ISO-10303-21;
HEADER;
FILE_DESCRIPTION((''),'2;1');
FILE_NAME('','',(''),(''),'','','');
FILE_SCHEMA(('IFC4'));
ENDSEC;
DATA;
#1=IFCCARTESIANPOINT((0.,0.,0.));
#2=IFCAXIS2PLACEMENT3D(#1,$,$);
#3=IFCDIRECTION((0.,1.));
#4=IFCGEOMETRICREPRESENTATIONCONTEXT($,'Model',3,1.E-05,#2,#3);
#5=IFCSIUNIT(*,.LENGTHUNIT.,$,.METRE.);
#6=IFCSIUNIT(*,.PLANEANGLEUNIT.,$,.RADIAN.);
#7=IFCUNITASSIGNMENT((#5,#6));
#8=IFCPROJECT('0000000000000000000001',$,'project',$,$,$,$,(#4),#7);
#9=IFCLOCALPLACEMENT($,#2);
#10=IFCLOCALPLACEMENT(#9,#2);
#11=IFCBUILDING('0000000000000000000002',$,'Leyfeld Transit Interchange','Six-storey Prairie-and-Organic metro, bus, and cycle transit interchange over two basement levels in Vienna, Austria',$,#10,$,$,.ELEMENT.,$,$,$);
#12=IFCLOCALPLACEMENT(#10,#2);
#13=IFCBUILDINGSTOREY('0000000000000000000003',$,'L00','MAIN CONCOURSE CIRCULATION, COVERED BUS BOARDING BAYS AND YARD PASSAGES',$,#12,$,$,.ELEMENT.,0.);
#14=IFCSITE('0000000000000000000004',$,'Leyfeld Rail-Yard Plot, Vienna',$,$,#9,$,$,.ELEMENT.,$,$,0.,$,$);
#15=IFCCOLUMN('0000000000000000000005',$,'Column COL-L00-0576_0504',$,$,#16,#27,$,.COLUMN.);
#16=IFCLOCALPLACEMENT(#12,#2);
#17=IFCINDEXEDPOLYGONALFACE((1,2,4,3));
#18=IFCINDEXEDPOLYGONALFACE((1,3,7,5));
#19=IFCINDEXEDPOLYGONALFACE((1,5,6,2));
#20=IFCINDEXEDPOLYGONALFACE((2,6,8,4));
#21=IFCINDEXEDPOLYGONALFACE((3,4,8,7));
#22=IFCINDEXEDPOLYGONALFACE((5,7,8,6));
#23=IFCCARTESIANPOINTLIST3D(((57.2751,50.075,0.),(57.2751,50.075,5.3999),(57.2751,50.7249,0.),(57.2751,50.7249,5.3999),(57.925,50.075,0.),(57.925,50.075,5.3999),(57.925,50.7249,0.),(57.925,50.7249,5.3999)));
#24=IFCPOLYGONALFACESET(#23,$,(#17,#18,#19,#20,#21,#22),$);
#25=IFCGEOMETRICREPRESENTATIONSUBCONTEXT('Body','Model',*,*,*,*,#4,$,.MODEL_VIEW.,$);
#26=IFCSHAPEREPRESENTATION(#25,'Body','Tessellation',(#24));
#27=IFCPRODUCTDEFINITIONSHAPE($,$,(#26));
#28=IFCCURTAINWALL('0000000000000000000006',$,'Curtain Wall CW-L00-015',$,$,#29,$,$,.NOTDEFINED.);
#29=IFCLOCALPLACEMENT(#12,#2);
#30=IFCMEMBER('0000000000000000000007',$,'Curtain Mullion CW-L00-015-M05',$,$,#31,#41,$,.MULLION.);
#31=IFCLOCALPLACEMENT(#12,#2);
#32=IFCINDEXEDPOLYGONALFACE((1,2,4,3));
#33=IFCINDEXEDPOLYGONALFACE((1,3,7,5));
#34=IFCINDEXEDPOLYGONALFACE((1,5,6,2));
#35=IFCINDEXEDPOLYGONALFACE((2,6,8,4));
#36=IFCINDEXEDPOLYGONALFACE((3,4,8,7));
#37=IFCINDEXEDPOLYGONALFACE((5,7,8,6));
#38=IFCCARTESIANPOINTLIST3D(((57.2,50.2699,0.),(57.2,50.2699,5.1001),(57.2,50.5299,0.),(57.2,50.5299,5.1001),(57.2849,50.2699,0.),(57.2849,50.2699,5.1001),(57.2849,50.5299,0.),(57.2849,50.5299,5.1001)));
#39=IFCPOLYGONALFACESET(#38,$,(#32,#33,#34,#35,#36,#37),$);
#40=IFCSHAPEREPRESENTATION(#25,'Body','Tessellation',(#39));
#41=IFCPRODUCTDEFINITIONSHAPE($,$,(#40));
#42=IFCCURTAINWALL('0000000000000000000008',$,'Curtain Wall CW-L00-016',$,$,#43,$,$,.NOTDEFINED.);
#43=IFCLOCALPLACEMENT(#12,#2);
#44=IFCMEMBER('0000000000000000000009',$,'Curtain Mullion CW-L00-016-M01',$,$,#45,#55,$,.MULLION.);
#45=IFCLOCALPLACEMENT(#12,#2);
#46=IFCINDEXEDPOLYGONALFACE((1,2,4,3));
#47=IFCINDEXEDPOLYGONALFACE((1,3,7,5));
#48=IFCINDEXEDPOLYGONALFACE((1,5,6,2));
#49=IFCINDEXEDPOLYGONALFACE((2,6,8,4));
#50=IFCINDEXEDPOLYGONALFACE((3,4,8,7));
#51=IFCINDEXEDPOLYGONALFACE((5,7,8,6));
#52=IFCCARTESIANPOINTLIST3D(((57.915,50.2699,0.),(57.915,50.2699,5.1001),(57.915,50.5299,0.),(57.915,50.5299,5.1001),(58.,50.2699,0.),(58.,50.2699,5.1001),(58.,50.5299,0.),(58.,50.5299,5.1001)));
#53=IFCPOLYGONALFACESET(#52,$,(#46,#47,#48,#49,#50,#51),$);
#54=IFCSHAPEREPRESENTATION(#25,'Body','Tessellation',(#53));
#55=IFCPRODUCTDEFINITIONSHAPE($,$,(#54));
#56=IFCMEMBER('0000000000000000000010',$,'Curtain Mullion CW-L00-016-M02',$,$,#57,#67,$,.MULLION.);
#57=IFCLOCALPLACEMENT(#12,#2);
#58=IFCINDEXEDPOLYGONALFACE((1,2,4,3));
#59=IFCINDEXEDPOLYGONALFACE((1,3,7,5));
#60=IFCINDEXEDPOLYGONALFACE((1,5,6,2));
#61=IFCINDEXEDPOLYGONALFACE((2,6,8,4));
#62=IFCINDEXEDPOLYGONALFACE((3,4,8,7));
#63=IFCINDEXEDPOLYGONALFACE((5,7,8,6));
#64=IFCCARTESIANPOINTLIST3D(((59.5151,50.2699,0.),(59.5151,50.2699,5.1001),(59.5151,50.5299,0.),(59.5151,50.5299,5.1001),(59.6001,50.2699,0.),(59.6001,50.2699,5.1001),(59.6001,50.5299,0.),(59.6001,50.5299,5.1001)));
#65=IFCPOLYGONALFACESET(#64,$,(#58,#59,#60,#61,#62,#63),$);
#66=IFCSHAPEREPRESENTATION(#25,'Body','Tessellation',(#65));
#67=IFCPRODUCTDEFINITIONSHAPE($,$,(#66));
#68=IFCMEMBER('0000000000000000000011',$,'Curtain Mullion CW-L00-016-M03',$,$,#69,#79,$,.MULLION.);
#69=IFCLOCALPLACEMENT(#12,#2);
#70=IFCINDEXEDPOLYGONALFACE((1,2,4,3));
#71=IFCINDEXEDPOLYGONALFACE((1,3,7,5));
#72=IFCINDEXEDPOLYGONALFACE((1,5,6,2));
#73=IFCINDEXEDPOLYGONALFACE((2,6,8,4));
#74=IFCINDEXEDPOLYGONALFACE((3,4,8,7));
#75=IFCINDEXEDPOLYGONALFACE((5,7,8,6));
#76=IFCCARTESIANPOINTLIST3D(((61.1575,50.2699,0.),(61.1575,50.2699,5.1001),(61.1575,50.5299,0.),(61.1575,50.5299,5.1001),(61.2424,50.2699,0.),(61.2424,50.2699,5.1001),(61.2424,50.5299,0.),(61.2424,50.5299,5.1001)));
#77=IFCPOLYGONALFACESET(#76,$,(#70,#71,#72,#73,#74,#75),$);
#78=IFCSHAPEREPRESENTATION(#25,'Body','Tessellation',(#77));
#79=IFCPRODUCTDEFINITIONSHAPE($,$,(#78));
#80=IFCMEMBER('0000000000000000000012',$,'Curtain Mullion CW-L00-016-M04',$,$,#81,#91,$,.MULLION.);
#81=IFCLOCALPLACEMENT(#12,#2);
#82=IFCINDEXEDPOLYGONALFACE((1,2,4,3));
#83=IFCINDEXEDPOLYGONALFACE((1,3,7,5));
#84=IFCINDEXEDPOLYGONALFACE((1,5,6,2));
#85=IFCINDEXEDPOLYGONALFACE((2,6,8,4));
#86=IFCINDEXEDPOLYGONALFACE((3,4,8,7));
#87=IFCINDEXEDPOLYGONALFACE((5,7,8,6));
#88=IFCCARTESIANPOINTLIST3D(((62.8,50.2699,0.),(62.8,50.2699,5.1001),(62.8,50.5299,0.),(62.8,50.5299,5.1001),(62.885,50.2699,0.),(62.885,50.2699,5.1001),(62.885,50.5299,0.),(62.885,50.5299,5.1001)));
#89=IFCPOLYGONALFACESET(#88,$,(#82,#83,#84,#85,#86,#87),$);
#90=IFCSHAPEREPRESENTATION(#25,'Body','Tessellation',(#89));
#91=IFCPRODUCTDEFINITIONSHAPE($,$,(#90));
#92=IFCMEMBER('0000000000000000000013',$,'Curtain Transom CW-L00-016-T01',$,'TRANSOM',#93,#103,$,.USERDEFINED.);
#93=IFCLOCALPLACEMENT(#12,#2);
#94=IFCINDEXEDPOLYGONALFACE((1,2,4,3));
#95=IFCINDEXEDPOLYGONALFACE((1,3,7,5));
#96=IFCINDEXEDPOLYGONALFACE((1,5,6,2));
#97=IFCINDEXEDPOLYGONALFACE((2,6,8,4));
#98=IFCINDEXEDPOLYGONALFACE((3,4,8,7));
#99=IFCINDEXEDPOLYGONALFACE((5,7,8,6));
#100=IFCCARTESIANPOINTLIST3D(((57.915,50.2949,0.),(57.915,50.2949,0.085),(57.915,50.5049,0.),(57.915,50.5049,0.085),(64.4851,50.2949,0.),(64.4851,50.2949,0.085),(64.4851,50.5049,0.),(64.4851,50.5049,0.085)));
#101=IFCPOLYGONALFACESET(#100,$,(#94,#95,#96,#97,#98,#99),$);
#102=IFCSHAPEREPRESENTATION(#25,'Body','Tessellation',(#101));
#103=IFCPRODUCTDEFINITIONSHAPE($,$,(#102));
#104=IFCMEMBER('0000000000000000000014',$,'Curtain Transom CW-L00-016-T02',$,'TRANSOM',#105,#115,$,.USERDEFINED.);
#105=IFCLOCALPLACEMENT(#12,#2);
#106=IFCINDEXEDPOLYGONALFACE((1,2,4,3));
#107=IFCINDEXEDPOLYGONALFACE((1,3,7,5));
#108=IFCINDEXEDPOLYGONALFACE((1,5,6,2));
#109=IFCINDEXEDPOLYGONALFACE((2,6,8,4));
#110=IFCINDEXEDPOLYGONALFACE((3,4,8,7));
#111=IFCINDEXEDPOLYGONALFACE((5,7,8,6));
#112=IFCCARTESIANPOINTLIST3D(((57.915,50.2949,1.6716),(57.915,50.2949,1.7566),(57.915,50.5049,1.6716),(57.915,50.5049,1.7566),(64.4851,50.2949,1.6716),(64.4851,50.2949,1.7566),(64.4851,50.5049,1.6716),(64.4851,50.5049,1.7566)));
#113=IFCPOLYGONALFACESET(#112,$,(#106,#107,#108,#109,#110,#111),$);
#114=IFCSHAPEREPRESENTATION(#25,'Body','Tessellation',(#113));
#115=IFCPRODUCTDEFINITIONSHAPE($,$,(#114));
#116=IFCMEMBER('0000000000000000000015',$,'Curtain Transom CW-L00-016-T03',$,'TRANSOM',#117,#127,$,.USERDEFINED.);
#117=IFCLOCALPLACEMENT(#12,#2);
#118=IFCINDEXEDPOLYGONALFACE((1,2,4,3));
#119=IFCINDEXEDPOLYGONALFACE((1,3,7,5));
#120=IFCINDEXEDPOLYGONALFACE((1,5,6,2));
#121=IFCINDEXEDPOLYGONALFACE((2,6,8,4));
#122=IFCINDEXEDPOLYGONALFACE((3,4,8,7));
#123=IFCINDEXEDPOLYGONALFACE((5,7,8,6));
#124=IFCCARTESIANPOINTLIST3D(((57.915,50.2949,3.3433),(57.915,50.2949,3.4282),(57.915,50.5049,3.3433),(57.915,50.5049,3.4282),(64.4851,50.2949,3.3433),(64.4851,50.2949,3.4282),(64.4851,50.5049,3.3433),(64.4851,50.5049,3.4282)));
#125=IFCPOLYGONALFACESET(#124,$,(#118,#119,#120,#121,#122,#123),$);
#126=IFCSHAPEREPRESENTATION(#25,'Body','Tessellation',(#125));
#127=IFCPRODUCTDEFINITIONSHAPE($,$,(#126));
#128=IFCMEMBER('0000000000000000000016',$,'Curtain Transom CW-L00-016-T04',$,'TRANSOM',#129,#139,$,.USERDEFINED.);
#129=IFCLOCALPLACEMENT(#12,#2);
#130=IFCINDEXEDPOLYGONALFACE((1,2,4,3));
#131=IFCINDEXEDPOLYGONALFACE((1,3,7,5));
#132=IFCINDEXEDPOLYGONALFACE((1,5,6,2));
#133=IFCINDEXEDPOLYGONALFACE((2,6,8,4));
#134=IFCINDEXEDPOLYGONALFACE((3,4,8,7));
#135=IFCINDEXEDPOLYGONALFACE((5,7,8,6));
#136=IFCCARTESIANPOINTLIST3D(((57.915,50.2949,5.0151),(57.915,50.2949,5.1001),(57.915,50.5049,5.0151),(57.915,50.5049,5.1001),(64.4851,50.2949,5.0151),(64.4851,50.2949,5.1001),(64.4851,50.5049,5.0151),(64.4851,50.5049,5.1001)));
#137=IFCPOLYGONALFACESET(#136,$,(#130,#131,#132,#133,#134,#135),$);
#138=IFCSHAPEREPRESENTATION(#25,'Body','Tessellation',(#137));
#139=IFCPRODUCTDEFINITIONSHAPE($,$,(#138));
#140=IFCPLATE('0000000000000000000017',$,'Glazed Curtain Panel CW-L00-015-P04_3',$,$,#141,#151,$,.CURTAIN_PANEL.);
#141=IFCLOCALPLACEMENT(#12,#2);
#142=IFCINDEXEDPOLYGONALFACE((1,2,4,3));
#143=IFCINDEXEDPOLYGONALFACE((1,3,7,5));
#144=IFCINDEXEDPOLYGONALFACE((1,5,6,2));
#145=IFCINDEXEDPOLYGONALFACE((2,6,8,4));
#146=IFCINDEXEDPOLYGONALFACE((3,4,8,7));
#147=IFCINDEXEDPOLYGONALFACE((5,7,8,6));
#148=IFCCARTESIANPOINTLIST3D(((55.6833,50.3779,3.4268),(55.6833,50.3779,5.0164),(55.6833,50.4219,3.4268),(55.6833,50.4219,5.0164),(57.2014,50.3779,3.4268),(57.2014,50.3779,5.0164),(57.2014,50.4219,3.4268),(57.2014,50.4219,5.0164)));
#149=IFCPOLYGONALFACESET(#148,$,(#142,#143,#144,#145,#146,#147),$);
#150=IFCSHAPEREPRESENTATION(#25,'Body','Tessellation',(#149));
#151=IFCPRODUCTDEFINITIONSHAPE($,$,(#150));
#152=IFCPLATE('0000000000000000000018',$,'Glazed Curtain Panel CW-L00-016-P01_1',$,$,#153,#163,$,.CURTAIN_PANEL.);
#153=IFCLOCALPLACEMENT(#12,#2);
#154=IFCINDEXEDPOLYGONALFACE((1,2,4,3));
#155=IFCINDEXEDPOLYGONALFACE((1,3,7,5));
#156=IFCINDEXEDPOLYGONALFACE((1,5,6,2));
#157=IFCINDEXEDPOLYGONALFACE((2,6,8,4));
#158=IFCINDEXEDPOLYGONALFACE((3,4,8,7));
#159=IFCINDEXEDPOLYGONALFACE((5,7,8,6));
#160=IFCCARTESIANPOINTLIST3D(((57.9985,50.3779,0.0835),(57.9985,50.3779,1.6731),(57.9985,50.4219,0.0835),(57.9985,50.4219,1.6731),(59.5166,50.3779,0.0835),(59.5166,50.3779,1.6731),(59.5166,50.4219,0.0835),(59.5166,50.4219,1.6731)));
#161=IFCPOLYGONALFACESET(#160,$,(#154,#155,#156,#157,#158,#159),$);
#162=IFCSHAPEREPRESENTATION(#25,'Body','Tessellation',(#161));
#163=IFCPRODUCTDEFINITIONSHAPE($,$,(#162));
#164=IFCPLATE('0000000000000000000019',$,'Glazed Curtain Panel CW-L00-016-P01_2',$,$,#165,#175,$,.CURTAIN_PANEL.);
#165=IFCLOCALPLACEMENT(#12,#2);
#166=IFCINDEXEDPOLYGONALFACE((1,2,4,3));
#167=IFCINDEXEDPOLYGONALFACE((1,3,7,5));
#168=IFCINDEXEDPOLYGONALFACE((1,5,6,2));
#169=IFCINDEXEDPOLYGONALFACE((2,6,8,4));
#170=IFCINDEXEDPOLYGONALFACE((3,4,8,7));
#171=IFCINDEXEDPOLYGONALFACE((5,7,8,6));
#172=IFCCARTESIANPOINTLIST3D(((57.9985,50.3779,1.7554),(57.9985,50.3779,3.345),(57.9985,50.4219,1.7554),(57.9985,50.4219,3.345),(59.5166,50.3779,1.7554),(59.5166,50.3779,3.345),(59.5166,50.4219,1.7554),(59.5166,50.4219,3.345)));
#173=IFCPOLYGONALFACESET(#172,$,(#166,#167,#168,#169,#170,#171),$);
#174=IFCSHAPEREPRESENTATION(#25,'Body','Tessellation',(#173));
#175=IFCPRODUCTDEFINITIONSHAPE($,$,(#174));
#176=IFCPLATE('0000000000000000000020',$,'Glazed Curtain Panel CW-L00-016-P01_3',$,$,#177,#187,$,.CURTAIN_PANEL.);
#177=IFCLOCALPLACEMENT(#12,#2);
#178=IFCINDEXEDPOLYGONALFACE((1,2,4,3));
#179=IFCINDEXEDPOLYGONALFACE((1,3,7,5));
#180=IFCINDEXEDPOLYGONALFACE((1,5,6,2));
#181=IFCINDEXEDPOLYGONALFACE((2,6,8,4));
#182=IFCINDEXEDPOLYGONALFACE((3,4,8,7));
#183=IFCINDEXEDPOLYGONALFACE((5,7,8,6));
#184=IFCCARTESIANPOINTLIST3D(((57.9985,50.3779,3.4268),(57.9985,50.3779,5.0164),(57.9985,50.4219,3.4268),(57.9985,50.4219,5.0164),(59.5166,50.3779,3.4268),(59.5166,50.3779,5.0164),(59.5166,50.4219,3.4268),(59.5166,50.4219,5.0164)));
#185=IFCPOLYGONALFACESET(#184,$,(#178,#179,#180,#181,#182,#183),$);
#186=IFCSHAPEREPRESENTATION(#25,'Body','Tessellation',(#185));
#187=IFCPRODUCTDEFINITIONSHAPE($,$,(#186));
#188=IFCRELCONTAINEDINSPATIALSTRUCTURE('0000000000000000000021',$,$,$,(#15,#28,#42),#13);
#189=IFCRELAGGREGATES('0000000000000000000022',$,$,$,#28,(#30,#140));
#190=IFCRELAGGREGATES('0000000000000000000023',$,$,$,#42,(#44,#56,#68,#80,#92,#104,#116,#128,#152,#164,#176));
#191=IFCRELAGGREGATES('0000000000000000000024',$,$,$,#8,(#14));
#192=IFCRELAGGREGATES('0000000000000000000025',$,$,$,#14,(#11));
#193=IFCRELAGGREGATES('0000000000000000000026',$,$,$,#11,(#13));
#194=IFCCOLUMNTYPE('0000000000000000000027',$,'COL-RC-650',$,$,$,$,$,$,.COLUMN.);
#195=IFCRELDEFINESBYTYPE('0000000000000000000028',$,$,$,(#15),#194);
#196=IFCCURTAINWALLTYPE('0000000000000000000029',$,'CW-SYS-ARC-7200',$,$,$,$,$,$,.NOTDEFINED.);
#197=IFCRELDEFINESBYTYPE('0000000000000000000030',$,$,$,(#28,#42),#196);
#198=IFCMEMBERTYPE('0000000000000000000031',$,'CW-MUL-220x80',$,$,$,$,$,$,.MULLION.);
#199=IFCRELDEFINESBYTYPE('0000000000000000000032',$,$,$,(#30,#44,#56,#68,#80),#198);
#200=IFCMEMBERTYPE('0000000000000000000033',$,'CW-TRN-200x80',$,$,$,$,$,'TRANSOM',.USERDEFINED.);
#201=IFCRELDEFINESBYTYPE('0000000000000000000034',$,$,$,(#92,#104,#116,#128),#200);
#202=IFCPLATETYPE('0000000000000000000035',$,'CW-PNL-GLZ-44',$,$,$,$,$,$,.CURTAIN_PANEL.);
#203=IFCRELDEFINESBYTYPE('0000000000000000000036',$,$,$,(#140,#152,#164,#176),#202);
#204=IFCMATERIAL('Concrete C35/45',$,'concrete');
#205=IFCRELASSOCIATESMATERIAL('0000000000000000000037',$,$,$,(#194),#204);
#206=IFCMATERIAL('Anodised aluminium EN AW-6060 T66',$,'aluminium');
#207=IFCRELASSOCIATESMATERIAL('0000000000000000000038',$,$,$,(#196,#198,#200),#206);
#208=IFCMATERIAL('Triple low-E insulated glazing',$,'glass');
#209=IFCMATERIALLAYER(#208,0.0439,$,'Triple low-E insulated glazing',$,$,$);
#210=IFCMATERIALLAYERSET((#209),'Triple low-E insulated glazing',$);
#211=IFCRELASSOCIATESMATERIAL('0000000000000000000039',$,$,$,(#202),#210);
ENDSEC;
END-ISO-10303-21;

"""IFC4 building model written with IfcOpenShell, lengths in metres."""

from ifc_helpers import new_model, si_unit, direction, frame, origin, origin_2d, place, context, subcontext, project, spatial, rectangle, extrude, material, layer, layer_set, material_profile, profile_set, type_object, element, aggregate, save


model = new_model("IFC4")

# Units and contexts
model_context = context("Model", 3, precision=1e-05, world=origin(), true_north=direction((0.0, 1.0)))
body_context = subcontext(model_context, "Body", "Model", "MODEL_VIEW")
ifc_project = project(units=[si_unit("LENGTHUNIT", "METRE"), si_unit("PLANEANGLEUNIT", "RADIAN")], contexts=[model_context])

# Site, building, storey
site_placement = place(None, origin())
site = spatial("IfcSite", under=ifc_project, at=site_placement, Name="Leyfeld Rail-Yard Plot, Vienna", CompositionType="ELEMENT", RefElevation=0.0)
building_placement = place(site_placement, origin())
building = spatial("IfcBuilding", under=site, at=building_placement, Name="Leyfeld Transit Interchange", Description="Six-storey Prairie-and-Organic metro, bus, and cycle transit interchange over two basement levels in Vienna, Austria", CompositionType="ELEMENT")
storey_placement = place(building_placement, origin())
storey = spatial("IfcBuildingStorey", under=building, at=storey_placement, Name="L00", Description="MAIN CONCOURSE CIRCULATION, COVERED BUS BOARDING BAYS AND YARD PASSAGES", CompositionType="ELEMENT", Elevation=0.0)

# Column
ifc_material_1 = material(Name="Concrete C35/45", Category="concrete")
ifc_material_profile_1 = material_profile(ifc_material_1, rectangle(XDim=0.6499, YDim=0.6499, at=origin_2d()), Name="RC 650x650")
ifc_profile_set_1 = profile_set([ifc_material_profile_1], Name="Concrete C35/45")
column_type = type_object("IfcColumnType", Name="COL-RC-650", PredefinedType="COLUMN", material=ifc_profile_set_1)
column_placement = place(storey_placement, frame((57.6001, 50.3999, 0.0), z_axis=(0.0, 0.0, 1.0), x_axis=(1.0, 0.0, 0.0)))
element("IfcColumn", 1, at=column_placement, inside=storey, type_object=column_type, Name="Column COL-L00-0576_0504", PredefinedType="COLUMN", context=body_context, shape_type="SweptSolid", body=[
    extrude(rectangle(XDim=0.6499, YDim=0.6499, at=origin_2d()), origin(), (0.0, 0.0, 1.0), 5.3999),
])

# Curtain wall, member
ifc_material_2 = material(Name="Anodised aluminium EN AW-6060 T66", Category="aluminium")
curtain_wall_type = type_object("IfcCurtainWallType", Name="CW-SYS-ARC-7200", PredefinedType="NOTDEFINED", material=ifc_material_2)
curtain_wall_1_placement = place(storey_placement, origin())
curtain_wall_1 = element("IfcCurtainWall", 2, at=curtain_wall_1_placement, inside=storey, type_object=curtain_wall_type, Name="Curtain Wall CW-L00-015", PredefinedType="NOTDEFINED")
ifc_material_profile_2 = material_profile(ifc_material_2, rectangle(XDim=0.085, YDim=0.26, at=origin_2d()), Name="CW-M 85x260")
ifc_profile_set_2 = profile_set([ifc_material_profile_2], Name="Anodised aluminium EN AW-6060 T66")
member_type_1 = type_object("IfcMemberType", Name="CW-MUL-220x80", PredefinedType="MULLION", material=ifc_profile_set_2)
member_1_placement = place(storey_placement, frame((57.2424, 50.3999, 0.0), z_axis=(0.0, 0.0, 1.0), x_axis=(1.0, 0.0, 0.0)))
member_1 = element("IfcMember", 3, at=member_1_placement, type_object=member_type_1, Name="Curtain Mullion CW-L00-015-M05", PredefinedType="MULLION", context=body_context, shape_type="SweptSolid", body=[
    extrude(rectangle(XDim=0.085, YDim=0.26, at=origin_2d()), origin(), (0.0, 0.0, 1.0), 5.1001),
])

# Curtain wall, members
curtain_wall_2_placement = place(storey_placement, origin())
curtain_wall_2 = element("IfcCurtainWall", 4, at=curtain_wall_2_placement, inside=storey, type_object=curtain_wall_type, Name="Curtain Wall CW-L00-016", PredefinedType="NOTDEFINED")
member_2_placement = place(storey_placement, frame((57.9575, 50.3999, 0.0), z_axis=(0.0, 0.0, 1.0), x_axis=(1.0, 0.0, 0.0)))
member_2 = element("IfcMember", 5, at=member_2_placement, type_object=member_type_1, Name="Curtain Mullion CW-L00-016-M01", PredefinedType="MULLION", context=body_context, shape_type="SweptSolid", body=[
    extrude(rectangle(XDim=0.085, YDim=0.26, at=origin_2d()), origin(), (0.0, 0.0, 1.0), 5.1001),
])
member_3_placement = place(storey_placement, frame((59.5576, 50.3999, 0.0), z_axis=(0.0, 0.0, 1.0), x_axis=(1.0, 0.0, 0.0)))
member_3 = element("IfcMember", 6, at=member_3_placement, type_object=member_type_1, Name="Curtain Mullion CW-L00-016-M02", PredefinedType="MULLION", context=body_context, shape_type="SweptSolid", body=[
    extrude(rectangle(XDim=0.085, YDim=0.26, at=origin_2d()), origin(), (0.0, 0.0, 1.0), 5.1001),
])
member_4_placement = place(storey_placement, frame((61.2, 50.3999, 0.0), z_axis=(0.0, 0.0, 1.0), x_axis=(1.0, 0.0, 0.0)))
member_4 = element("IfcMember", 7, at=member_4_placement, type_object=member_type_1, Name="Curtain Mullion CW-L00-016-M03", PredefinedType="MULLION", context=body_context, shape_type="SweptSolid", body=[
    extrude(rectangle(XDim=0.085, YDim=0.26, at=origin_2d()), origin(), (0.0, 0.0, 1.0), 5.1001),
])
member_5_placement = place(storey_placement, frame((62.8425, 50.3999, 0.0), z_axis=(0.0, 0.0, 1.0), x_axis=(1.0, 0.0, 0.0)))
member_5 = element("IfcMember", 8, at=member_5_placement, type_object=member_type_1, Name="Curtain Mullion CW-L00-016-M04", PredefinedType="MULLION", context=body_context, shape_type="SweptSolid", body=[
    extrude(rectangle(XDim=0.085, YDim=0.26, at=origin_2d()), origin(), (0.0, 0.0, 1.0), 5.1001),
])
ifc_material_profile_3 = material_profile(ifc_material_2, rectangle(XDim=0.21, YDim=0.085, at=origin_2d()), Name="CW-TRN-200x80")
ifc_profile_set_3 = profile_set([ifc_material_profile_3], Name="Anodised aluminium EN AW-6060 T66")
member_type_2 = type_object("IfcMemberType", Name="CW-TRN-200x80", ElementType="TRANSOM", PredefinedType="USERDEFINED", material=ifc_profile_set_3)
member_6_placement = place(storey_placement, frame((57.915, 50.3999, 0.0425), z_axis=(1.0, 0.0, 0.0), x_axis=(0.0, 1.0, 0.0)))
member_6 = element("IfcMember", 9, at=member_6_placement, type_object=member_type_2, Name="Curtain Transom CW-L00-016-T01", ObjectType="TRANSOM", PredefinedType="USERDEFINED", context=body_context, shape_type="SweptSolid", body=[
    extrude(rectangle(XDim=0.21, YDim=0.085, at=origin_2d()), origin(), (0.0, 0.0, 1.0), 6.5701),
])
member_7_placement = place(storey_placement, frame((57.915, 50.3999, 1.7141), z_axis=(1.0, 0.0, 0.0), x_axis=(0.0, 1.0, 0.0)))
member_7 = element("IfcMember", 10, at=member_7_placement, type_object=member_type_2, Name="Curtain Transom CW-L00-016-T02", ObjectType="TRANSOM", PredefinedType="USERDEFINED", context=body_context, shape_type="SweptSolid", body=[
    extrude(rectangle(XDim=0.21, YDim=0.085, at=origin_2d()), origin(), (0.0, 0.0, 1.0), 6.5701),
])
member_8_placement = place(storey_placement, frame((57.915, 50.3999, 3.3857), z_axis=(1.0, 0.0, 0.0), x_axis=(0.0, 1.0, 0.0)))
member_8 = element("IfcMember", 11, at=member_8_placement, type_object=member_type_2, Name="Curtain Transom CW-L00-016-T03", ObjectType="TRANSOM", PredefinedType="USERDEFINED", context=body_context, shape_type="SweptSolid", body=[
    extrude(rectangle(XDim=0.21, YDim=0.085, at=origin_2d()), origin(), (0.0, 0.0, 1.0), 6.5701),
])
member_9_placement = place(storey_placement, frame((57.915, 50.3999, 5.0576), z_axis=(1.0, 0.0, 0.0), x_axis=(0.0, 1.0, 0.0)))
member_9 = element("IfcMember", 12, at=member_9_placement, type_object=member_type_2, Name="Curtain Transom CW-L00-016-T04", ObjectType="TRANSOM", PredefinedType="USERDEFINED", context=body_context, shape_type="SweptSolid", body=[
    extrude(rectangle(XDim=0.21, YDim=0.085, at=origin_2d()), origin(), (0.0, 0.0, 1.0), 6.5701),
])

# Plates
ifc_material_3 = material(Name="Triple low-E insulated glazing", Category="glass")
ifc_layer_1 = layer(ifc_material_3, 0.0439, Name="Triple low-E insulated glazing")
ifc_layer_set_1 = layer_set([ifc_layer_1], Name="Triple low-E insulated glazing")
plate_type = type_object("IfcPlateType", Name="CW-PNL-GLZ-44", PredefinedType="CURTAIN_PANEL", material=ifc_layer_set_1)
plate_1_placement = place(storey_placement, frame((56.4424, 50.3999, 3.4268), z_axis=(0.0, 0.0, 1.0), x_axis=(1.0, 0.0, 0.0)))
plate_1 = element("IfcPlate", 13, at=plate_1_placement, type_object=plate_type, Name="Glazed Curtain Panel CW-L00-015-P04_3", PredefinedType="CURTAIN_PANEL", context=body_context, shape_type="SweptSolid", body=[
    extrude(rectangle(XDim=1.5181, YDim=0.0439, at=origin_2d()), origin(), (0.0, 0.0, 1.0), 1.5896),
])
aggregate(curtain_wall_1, [member_1, plate_1])
plate_2_placement = place(storey_placement, frame((58.7576, 50.3999, 0.0835), z_axis=(0.0, 0.0, 1.0), x_axis=(1.0, 0.0, 0.0)))
plate_2 = element("IfcPlate", 14, at=plate_2_placement, type_object=plate_type, Name="Glazed Curtain Panel CW-L00-016-P01_1", PredefinedType="CURTAIN_PANEL", context=body_context, shape_type="SweptSolid", body=[
    extrude(rectangle(XDim=1.5181, YDim=0.0439, at=origin_2d()), origin(), (0.0, 0.0, 1.0), 1.5896),
])
plate_3_placement = place(storey_placement, frame((58.7576, 50.3999, 1.7554), z_axis=(0.0, 0.0, 1.0), x_axis=(1.0, 0.0, 0.0)))
plate_3 = element("IfcPlate", 15, at=plate_3_placement, type_object=plate_type, Name="Glazed Curtain Panel CW-L00-016-P01_2", PredefinedType="CURTAIN_PANEL", context=body_context, shape_type="SweptSolid", body=[
    extrude(rectangle(XDim=1.5181, YDim=0.0439, at=origin_2d()), origin(), (0.0, 0.0, 1.0), 1.5896),
])
plate_4_placement = place(storey_placement, frame((58.7576, 50.3999, 3.4268), z_axis=(0.0, 0.0, 1.0), x_axis=(1.0, 0.0, 0.0)))
plate_4 = element("IfcPlate", 16, at=plate_4_placement, type_object=plate_type, Name="Glazed Curtain Panel CW-L00-016-P01_3", PredefinedType="CURTAIN_PANEL", context=body_context, shape_type="SweptSolid", body=[
    extrude(rectangle(XDim=1.5181, YDim=0.0439, at=origin_2d()), origin(), (0.0, 0.0, 1.0), 1.5896),
])
aggregate(curtain_wall_2, [member_2, member_3, member_4, member_5, member_6, member_7, member_8, member_9, plate_2, plate_3, plate_4])

save(model, "model.ifc")
